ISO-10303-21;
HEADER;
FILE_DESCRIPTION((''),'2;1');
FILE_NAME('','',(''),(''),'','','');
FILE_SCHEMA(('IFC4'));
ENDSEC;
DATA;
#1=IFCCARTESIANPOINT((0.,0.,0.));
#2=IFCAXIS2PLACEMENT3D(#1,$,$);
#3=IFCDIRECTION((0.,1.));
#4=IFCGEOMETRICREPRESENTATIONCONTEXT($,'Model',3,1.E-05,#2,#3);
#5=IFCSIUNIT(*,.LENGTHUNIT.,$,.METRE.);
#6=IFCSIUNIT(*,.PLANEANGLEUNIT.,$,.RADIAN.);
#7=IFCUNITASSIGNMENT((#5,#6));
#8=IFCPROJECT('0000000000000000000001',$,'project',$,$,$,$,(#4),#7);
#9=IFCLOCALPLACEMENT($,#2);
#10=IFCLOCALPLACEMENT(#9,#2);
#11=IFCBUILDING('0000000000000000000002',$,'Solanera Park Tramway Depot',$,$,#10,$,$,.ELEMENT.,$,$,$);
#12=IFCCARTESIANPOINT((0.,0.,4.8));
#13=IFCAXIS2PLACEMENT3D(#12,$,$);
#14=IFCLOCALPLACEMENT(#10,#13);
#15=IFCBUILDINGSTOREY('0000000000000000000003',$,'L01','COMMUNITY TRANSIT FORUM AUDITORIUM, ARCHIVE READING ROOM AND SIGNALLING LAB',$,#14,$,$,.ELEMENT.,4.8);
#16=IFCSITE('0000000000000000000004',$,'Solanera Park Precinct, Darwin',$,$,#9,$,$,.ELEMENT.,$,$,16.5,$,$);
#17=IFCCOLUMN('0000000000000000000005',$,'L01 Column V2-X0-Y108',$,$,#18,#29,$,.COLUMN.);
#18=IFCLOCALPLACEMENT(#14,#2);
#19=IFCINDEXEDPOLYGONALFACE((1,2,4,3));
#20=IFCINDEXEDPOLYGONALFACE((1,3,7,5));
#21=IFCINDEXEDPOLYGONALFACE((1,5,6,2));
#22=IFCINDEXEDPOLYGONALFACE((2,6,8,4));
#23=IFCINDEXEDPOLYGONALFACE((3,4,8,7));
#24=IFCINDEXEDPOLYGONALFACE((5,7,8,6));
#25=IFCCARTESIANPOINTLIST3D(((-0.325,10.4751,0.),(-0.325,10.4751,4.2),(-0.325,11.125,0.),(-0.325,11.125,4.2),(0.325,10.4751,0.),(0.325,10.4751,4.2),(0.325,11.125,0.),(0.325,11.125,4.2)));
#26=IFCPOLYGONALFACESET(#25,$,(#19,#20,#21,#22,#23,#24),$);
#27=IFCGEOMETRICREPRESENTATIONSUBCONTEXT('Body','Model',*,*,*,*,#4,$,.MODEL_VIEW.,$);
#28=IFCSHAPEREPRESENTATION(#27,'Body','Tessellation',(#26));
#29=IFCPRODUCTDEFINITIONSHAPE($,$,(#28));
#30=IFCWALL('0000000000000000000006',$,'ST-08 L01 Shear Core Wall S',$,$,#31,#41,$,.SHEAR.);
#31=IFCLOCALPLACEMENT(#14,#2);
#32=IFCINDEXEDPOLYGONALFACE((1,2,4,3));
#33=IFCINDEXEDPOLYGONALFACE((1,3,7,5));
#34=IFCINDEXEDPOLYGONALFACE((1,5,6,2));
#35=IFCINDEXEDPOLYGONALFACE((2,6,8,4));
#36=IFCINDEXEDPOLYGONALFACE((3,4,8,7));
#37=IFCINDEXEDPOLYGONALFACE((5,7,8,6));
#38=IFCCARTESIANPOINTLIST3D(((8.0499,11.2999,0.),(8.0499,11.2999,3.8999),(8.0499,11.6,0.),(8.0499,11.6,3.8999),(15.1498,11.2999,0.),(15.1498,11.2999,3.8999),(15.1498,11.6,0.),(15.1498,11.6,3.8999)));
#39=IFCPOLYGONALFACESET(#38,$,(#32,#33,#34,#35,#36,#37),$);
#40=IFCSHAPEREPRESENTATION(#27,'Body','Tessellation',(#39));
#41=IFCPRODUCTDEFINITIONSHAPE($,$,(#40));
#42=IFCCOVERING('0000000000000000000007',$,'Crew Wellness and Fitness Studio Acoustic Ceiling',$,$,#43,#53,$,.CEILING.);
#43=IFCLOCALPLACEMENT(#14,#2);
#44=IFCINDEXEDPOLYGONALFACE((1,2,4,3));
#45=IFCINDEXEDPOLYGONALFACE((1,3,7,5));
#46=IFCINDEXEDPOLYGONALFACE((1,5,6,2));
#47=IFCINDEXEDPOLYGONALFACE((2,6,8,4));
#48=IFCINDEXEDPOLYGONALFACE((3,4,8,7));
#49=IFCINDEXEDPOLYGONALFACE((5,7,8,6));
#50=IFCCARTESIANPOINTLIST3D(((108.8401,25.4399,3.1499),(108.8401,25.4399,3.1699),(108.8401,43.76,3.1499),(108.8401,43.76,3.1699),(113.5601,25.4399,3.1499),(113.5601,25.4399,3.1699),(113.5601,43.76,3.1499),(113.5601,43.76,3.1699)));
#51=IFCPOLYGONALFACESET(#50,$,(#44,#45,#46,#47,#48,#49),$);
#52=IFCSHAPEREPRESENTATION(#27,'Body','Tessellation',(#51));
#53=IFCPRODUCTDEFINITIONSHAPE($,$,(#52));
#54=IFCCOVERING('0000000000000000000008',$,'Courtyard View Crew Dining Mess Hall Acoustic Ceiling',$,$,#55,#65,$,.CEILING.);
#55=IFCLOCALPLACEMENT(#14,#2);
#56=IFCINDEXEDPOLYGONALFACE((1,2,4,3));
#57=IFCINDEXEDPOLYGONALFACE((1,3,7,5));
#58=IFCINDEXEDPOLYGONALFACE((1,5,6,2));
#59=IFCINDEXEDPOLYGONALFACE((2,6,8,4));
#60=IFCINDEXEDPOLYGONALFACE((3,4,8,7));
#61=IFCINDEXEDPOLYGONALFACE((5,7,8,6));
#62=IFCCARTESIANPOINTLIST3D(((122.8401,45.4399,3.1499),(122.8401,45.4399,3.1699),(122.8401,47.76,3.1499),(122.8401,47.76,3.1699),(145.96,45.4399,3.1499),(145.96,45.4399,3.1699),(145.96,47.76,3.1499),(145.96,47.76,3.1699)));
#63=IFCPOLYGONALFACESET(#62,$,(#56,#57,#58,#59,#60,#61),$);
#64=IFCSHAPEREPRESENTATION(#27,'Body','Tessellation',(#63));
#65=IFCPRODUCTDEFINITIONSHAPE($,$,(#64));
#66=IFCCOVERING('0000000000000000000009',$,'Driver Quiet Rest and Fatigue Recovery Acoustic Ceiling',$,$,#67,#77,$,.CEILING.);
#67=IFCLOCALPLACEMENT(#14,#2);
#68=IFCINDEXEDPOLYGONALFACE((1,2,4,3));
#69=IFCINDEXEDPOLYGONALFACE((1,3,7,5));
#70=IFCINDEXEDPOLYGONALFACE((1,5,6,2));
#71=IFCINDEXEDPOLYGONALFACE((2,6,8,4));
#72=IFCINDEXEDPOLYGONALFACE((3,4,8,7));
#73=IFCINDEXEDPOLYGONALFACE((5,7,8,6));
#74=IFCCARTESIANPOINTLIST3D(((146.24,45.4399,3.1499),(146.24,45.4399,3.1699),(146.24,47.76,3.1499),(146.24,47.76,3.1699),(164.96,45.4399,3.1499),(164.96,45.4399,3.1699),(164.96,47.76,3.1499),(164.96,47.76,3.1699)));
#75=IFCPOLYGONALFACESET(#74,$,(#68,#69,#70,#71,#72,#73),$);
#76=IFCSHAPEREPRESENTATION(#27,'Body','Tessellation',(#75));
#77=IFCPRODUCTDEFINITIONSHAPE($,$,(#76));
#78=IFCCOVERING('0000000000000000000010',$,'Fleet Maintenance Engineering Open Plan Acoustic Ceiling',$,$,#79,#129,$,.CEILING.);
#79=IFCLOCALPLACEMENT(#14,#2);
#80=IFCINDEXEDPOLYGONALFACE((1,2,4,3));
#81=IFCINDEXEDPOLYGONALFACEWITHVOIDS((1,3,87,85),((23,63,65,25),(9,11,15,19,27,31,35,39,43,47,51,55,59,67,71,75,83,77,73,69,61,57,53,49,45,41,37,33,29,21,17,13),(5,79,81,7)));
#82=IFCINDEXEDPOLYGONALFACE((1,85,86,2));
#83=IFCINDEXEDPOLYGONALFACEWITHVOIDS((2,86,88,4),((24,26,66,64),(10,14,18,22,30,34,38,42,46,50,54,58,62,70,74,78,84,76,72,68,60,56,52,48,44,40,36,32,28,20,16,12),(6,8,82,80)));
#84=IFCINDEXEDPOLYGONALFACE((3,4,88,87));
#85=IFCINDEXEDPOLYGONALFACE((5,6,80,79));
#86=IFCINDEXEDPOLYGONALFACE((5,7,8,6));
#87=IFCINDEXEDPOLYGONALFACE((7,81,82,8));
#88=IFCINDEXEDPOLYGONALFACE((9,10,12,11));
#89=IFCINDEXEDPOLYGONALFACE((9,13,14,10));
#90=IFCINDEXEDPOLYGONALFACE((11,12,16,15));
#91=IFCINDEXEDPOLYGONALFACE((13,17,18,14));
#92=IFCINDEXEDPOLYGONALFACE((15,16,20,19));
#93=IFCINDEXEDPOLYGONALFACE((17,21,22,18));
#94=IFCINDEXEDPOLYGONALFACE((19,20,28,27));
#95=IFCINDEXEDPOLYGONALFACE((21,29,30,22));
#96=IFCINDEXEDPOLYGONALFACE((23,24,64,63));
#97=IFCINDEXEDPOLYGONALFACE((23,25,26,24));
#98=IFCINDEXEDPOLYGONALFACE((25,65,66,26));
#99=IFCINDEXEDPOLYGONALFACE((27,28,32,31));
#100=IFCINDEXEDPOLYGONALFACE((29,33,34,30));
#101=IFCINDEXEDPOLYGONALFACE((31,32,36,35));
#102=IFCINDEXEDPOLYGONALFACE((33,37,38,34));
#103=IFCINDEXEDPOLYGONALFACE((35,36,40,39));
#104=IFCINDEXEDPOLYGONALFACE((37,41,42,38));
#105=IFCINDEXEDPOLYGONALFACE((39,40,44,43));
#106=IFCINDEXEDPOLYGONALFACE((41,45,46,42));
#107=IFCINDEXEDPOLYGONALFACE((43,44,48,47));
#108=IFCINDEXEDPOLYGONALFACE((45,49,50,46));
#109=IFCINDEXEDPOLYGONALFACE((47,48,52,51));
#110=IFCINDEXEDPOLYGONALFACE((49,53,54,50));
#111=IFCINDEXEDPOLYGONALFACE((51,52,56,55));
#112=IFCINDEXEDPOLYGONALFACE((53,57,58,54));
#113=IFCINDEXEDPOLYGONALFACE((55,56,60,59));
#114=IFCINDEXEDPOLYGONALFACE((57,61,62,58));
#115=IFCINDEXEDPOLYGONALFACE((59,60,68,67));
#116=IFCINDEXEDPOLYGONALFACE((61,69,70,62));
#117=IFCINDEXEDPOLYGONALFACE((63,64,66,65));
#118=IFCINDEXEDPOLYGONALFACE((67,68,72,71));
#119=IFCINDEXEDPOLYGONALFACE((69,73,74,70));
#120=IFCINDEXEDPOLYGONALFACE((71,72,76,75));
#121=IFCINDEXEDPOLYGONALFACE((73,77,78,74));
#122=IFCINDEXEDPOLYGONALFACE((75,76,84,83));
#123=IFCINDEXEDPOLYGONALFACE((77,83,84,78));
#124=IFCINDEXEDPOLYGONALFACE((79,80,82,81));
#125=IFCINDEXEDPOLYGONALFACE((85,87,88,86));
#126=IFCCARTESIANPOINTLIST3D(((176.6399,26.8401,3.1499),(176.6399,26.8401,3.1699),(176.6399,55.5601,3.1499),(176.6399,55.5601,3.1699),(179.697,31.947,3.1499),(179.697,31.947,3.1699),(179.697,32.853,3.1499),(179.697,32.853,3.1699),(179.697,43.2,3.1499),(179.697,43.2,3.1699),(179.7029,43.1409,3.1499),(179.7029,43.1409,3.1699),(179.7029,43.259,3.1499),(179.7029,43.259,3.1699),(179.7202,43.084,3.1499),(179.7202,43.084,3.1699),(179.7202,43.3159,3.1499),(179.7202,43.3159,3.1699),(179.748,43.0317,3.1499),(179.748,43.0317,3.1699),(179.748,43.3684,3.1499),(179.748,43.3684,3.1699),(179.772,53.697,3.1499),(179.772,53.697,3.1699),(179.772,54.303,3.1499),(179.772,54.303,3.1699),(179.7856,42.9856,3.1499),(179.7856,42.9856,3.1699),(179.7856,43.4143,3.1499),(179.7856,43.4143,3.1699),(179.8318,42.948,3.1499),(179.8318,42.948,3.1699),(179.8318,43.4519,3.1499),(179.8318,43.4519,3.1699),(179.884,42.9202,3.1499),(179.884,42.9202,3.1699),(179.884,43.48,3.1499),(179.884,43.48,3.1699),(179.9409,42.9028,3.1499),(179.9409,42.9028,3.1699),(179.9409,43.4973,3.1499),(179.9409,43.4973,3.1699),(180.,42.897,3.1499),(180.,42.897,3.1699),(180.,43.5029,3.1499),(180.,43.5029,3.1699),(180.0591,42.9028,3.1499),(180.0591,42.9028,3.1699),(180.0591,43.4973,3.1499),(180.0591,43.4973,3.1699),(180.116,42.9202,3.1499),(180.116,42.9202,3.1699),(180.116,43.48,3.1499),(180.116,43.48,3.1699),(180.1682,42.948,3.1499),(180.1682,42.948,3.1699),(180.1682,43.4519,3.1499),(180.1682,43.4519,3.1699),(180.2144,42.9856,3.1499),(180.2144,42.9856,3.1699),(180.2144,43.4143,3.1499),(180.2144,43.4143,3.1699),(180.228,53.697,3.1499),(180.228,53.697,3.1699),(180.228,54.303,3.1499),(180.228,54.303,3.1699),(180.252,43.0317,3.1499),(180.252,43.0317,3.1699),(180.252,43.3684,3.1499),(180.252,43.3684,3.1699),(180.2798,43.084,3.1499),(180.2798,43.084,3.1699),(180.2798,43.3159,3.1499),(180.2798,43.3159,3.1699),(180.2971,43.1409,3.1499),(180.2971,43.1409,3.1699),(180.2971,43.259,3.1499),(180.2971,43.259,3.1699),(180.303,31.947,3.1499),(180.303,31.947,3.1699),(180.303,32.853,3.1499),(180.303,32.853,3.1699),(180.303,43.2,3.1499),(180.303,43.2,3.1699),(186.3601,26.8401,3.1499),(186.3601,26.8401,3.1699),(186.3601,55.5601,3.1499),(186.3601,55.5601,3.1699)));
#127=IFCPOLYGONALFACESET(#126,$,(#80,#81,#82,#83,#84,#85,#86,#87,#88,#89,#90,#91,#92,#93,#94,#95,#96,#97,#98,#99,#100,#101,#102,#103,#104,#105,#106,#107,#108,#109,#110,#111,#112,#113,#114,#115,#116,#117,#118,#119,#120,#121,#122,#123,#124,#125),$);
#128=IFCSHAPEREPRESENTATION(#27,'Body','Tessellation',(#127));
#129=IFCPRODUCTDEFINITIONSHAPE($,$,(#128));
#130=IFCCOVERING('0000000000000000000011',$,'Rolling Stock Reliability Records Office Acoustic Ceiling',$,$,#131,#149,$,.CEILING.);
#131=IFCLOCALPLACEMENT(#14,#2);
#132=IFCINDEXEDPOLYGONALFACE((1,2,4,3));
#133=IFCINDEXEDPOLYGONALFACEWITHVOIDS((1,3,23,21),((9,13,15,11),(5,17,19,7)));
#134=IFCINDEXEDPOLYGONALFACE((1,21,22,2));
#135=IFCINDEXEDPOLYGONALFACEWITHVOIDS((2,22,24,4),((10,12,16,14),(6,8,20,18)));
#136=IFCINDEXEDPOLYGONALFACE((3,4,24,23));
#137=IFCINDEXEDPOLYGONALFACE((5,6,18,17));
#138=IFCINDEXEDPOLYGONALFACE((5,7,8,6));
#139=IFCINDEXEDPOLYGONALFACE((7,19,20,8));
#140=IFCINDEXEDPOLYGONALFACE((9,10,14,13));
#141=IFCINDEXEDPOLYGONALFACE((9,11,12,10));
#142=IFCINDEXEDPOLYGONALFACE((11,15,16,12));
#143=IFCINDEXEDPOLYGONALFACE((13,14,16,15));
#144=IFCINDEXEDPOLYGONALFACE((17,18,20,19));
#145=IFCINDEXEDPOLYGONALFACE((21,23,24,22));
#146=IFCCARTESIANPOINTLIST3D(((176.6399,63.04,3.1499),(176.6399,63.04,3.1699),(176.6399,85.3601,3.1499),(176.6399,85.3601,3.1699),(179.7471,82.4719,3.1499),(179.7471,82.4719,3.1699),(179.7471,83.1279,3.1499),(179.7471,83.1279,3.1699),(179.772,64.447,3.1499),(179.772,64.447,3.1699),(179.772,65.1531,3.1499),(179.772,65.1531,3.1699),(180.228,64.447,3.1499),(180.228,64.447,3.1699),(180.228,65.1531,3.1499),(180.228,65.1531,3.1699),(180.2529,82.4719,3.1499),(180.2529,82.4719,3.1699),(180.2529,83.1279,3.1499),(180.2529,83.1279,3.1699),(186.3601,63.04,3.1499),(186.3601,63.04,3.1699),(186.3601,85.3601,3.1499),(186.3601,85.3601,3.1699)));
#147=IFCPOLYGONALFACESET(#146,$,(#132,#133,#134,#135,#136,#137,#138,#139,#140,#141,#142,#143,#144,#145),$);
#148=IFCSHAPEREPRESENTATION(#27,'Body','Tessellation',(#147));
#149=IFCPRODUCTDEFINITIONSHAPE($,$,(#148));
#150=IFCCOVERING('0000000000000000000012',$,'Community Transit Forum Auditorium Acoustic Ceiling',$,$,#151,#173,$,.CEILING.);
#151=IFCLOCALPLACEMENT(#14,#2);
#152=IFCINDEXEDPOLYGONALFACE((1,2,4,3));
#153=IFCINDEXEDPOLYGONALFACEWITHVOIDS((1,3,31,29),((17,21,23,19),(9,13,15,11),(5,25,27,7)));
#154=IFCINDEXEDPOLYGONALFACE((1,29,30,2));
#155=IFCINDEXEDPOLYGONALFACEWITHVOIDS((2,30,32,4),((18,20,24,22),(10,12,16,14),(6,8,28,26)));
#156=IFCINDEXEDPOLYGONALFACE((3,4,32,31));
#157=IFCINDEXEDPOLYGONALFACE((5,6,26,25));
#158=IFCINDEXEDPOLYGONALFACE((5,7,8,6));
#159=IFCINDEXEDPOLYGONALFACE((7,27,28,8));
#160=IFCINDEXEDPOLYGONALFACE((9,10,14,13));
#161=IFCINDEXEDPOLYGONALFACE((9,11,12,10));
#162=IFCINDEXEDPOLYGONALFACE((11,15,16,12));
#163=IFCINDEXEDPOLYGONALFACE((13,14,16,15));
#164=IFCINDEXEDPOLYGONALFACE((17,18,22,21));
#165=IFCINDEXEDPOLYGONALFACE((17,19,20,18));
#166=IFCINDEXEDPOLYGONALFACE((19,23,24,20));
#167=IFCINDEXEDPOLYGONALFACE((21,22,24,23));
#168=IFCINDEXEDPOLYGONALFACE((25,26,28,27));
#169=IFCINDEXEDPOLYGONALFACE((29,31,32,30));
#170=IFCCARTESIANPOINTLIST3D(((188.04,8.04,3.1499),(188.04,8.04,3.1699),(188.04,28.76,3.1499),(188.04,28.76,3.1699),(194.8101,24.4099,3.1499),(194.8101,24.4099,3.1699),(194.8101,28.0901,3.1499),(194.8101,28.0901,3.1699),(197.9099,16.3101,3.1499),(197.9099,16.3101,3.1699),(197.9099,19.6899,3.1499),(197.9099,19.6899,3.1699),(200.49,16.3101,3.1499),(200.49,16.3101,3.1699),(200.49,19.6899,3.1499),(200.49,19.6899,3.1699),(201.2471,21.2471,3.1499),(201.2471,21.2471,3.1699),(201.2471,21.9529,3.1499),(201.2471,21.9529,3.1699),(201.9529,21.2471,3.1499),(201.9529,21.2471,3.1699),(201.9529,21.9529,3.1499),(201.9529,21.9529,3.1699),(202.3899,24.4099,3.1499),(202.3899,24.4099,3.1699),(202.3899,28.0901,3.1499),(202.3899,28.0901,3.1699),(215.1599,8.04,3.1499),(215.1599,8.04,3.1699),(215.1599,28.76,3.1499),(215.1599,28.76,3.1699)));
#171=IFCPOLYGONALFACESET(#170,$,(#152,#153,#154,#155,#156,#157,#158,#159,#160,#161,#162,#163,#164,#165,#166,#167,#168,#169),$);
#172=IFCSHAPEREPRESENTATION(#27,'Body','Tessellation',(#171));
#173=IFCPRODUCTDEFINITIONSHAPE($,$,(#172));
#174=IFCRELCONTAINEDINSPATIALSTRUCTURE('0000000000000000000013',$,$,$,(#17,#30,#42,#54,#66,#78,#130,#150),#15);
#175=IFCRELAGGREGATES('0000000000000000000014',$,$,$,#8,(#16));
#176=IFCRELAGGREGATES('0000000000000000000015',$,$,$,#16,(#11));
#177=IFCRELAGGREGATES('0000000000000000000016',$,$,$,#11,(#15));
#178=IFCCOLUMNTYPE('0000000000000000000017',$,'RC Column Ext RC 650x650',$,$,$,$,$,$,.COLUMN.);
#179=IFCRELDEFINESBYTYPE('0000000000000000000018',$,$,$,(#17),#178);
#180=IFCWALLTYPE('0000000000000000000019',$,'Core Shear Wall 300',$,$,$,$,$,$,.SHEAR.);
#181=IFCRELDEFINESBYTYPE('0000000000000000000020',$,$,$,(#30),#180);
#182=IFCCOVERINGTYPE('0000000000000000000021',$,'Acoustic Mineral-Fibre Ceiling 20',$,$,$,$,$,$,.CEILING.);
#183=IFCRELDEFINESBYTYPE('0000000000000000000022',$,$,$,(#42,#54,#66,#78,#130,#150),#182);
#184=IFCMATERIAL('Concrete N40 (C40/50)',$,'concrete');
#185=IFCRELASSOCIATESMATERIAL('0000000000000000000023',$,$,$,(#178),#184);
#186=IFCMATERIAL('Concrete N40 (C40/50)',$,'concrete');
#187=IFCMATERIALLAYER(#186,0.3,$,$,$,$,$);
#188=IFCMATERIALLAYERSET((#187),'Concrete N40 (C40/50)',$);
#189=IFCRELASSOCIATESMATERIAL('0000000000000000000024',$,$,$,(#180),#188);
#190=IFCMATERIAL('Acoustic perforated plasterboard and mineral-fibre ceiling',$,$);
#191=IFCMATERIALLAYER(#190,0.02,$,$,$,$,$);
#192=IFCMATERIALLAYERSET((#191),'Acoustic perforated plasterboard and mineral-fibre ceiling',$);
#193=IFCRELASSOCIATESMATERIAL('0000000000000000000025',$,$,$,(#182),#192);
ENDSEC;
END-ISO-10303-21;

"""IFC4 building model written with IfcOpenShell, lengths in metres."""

from ifc_helpers import new_model, si_unit, direction, frame, frame_2d, origin, origin_2d, place, context, subcontext, project, spatial, polyline, rectangle, outline, extrude, material, layer, layer_set, material_profile, profile_set, type_object, element, save


model = new_model("IFC4")

# Units and contexts
model_context = context("Model", 3, precision=1e-05, world=origin(), true_north=direction((0.0, 1.0)))
body_context = subcontext(model_context, "Body", "Model", "MODEL_VIEW")
ifc_project = project(units=[si_unit("LENGTHUNIT", "METRE"), si_unit("PLANEANGLEUNIT", "RADIAN")], contexts=[model_context])

# Site, building, storey
site_placement = place(None, origin())
site = spatial("IfcSite", under=ifc_project, at=site_placement, Name="Solanera Park Precinct, Darwin", CompositionType="ELEMENT", RefElevation=16.5)
building_placement = place(site_placement, origin())
building = spatial("IfcBuilding", under=site, at=building_placement, Name="Solanera Park Tramway Depot", CompositionType="ELEMENT")
storey_placement = place(building_placement, frame((0.0, 0.0, 4.8)))
storey = spatial("IfcBuildingStorey", under=building, at=storey_placement, Name="L01", Description="COMMUNITY TRANSIT FORUM AUDITORIUM, ARCHIVE READING ROOM AND SIGNALLING LAB", CompositionType="ELEMENT", Elevation=4.8)

# Column
ifc_material_1 = material(Name="Concrete N40 (C40/50)", Category="concrete")
ifc_material_profile = material_profile(ifc_material_1, rectangle(XDim=0.6499, YDim=0.6499, at=origin_2d()), Name="RC 650x650")
ifc_profile_set = profile_set([ifc_material_profile], Name="Concrete N40 (C40/50)")
column_type = type_object("IfcColumnType", Name="RC Column Ext RC 650x650", PredefinedType="COLUMN", material=ifc_profile_set)
column_placement = place(storey_placement, frame((0.0, 10.8, 0.0), z_axis=(0.0, 0.0, 1.0), x_axis=(1.0, 0.0, 0.0)))
element("IfcColumn", 1, at=column_placement, inside=storey, type_object=column_type, Name="L01 Column V2-X0-Y108", PredefinedType="COLUMN", context=body_context, shape_type="SweptSolid", body=[
    extrude(rectangle(XDim=0.6499, YDim=0.6499, at=origin_2d()), origin(), (0.0, 0.0, 1.0), 4.2),
])

# Wall
ifc_material_2 = material(Name="Concrete N40 (C40/50)", Category="concrete")
ifc_layer_1 = layer(ifc_material_2, 0.3)
ifc_layer_set_1 = layer_set([ifc_layer_1], Name="Concrete N40 (C40/50)")
wall_type_1 = type_object("IfcWallType", Name="Core Shear Wall 300", PredefinedType="SHEAR", material=ifc_layer_set_1)
wall_1_placement = place(storey_placement, frame((8.05, 11.45, 0.0), z_axis=(0.0, 0.0, 1.0), x_axis=(1.0, 0.0, 0.0)))
element("IfcWall", 2, at=wall_1_placement, inside=storey, type_object=wall_type_1, Name="ST-08 L01 Shear Core Wall S", PredefinedType="SHEAR", context=body_context, shape_type="SweptSolid", body=[
    extrude(rectangle(XDim=7.0999, YDim=0.3, at=frame_2d((3.5498, 0.0))), origin(), (0.0, 0.0, 1.0), 3.8999),
])

# Coverings
ifc_material_3 = material(Name="Acoustic perforated plasterboard and mineral-fibre ceiling")
ifc_layer_2 = layer(ifc_material_3, 0.02)
ifc_layer_set_2 = layer_set([ifc_layer_2], Name="Acoustic perforated plasterboard and mineral-fibre ceiling")
covering_type_1 = type_object("IfcCoveringType", Name="Acoustic Mineral-Fibre Ceiling 20", PredefinedType="CEILING", material=ifc_layer_set_2)
covering_1_placement = place(storey_placement, frame((0.0, 0.0, 3.1499)))
element("IfcCovering", 3, at=covering_1_placement, inside=storey, type_object=covering_type_1, Name="Crew Wellness and Fitness Studio Acoustic Ceiling", PredefinedType="CEILING", context=body_context, shape_type="SweptSolid", body=[
    extrude(outline(polyline([(113.5601, 25.4399), (108.8401, 25.4399), (108.8401, 43.76), (113.5601, 43.76), (113.5601, 25.4399)])), origin(), (0.0, 0.0, 1.0), 0.02),
])
covering_2_placement = place(storey_placement, frame((0.0, 0.0, 3.1499)))
element("IfcCovering", 4, at=covering_2_placement, inside=storey, type_object=covering_type_1, Name="Courtyard View Crew Dining Mess Hall Acoustic Ceiling", PredefinedType="CEILING", context=body_context, shape_type="SweptSolid", body=[
    extrude(outline(polyline([(145.96, 45.4399), (122.8401, 45.4399), (122.8401, 47.76), (145.96, 47.76), (145.96, 45.4399)])), origin(), (0.0, 0.0, 1.0), 0.02),
])
covering_3_placement = place(storey_placement, frame((0.0, 0.0, 3.1499)))
element("IfcCovering", 5, at=covering_3_placement, inside=storey, type_object=covering_type_1, Name="Driver Quiet Rest and Fatigue Recovery Acoustic Ceiling", PredefinedType="CEILING", context=body_context, shape_type="SweptSolid", body=[
    extrude(outline(polyline([(164.96, 45.4399), (146.24, 45.4399), (146.24, 47.76), (164.96, 47.76), (164.96, 45.4399)])), origin(), (0.0, 0.0, 1.0), 0.02),
])
covering_4_placement = place(storey_placement, frame((0.0, 0.0, 3.1499)))
element("IfcCovering", 6, at=covering_4_placement, inside=storey, type_object=covering_type_1, Name="Fleet Maintenance Engineering Open Plan Acoustic Ceiling", PredefinedType="CEILING", context=body_context, shape_type="SweptSolid", body=[
    extrude(outline(polyline([(186.3601, 55.5601), (186.3601, 26.8401), (176.6399, 26.8401), (176.6399, 55.5601), (186.3601, 55.5601)]), holes=[polyline([(179.697, 32.853), (179.697, 31.947), (180.303, 31.947), (180.303, 32.853), (179.697, 32.853)]), polyline([(180.2798, 43.3159), (180.252, 43.3684), (180.2144, 43.4143), (180.1682, 43.4519), (180.116, 43.48), (180.0591, 43.4973), (180.0, 43.5029), (179.9409, 43.4973), (179.884, 43.48), (179.8318, 43.4519), (179.7856, 43.4143), (179.748, 43.3684), (179.7202, 43.3159), (179.7029, 43.259), (179.697, 43.2), (179.7029, 43.1409), (179.7202, 43.084), (179.748, 43.0317), (179.7856, 42.9856), (179.8318, 42.948), (179.884, 42.9202), (179.9409, 42.9028), (180.0, 42.897), (180.0591, 42.9028), (180.116, 42.9202), (180.1682, 42.948), (180.2144, 42.9856), (180.252, 43.0317), (180.2798, 43.084), (180.2971, 43.1409), (180.303, 43.2), (180.2971, 43.259), (180.2798, 43.3159)]), polyline([(180.228, 53.697), (180.228, 54.303), (179.772, 54.303), (179.772, 53.697), (180.228, 53.697)])]), origin(), (0.0, 0.0, 1.0), 0.02),
])
covering_5_placement = place(storey_placement, frame((0.0, 0.0, 3.1499)))
element("IfcCovering", 7, at=covering_5_placement, inside=storey, type_object=covering_type_1, Name="Rolling Stock Reliability Records Office Acoustic Ceiling", PredefinedType="CEILING", context=body_context, shape_type="SweptSolid", body=[
    extrude(outline(polyline([(176.6399, 85.3601), (186.3601, 85.3601), (186.3601, 63.04), (176.6399, 63.04), (176.6399, 85.3601)]), holes=[polyline([(180.228, 65.1531), (179.772, 65.1531), (179.772, 64.447), (180.228, 64.447), (180.228, 65.1531)]), polyline([(180.2529, 82.4719), (180.2529, 83.1279), (179.7471, 83.1279), (179.7471, 82.4719), (180.2529, 82.4719)])]), origin(), (0.0, 0.0, 1.0), 0.02),
])
covering_6_placement = place(storey_placement, frame((0.0, 0.0, 3.1499)))
element("IfcCovering", 8, at=covering_6_placement, inside=storey, type_object=covering_type_1, Name="Community Transit Forum Auditorium Acoustic Ceiling", PredefinedType="CEILING", context=body_context, shape_type="SweptSolid", body=[
    extrude(outline(polyline([(215.1599, 28.76), (215.1599, 8.04), (188.04, 8.04), (188.04, 28.76), (215.1599, 28.76)]), holes=[polyline([(194.8101, 24.4099), (202.3899, 24.4099), (202.3899, 28.0901), (194.8101, 28.0901), (194.8101, 24.4099)]), polyline([(197.9099, 19.6899), (197.9099, 16.3101), (200.49, 16.3101), (200.49, 19.6899), (197.9099, 19.6899)]), polyline([(201.9529, 21.2471), (201.9529, 21.9529), (201.2471, 21.9529), (201.2471, 21.2471), (201.9529, 21.2471)])]), origin(), (0.0, 0.0, 1.0), 0.02),
])

save(model, "model.ifc")
